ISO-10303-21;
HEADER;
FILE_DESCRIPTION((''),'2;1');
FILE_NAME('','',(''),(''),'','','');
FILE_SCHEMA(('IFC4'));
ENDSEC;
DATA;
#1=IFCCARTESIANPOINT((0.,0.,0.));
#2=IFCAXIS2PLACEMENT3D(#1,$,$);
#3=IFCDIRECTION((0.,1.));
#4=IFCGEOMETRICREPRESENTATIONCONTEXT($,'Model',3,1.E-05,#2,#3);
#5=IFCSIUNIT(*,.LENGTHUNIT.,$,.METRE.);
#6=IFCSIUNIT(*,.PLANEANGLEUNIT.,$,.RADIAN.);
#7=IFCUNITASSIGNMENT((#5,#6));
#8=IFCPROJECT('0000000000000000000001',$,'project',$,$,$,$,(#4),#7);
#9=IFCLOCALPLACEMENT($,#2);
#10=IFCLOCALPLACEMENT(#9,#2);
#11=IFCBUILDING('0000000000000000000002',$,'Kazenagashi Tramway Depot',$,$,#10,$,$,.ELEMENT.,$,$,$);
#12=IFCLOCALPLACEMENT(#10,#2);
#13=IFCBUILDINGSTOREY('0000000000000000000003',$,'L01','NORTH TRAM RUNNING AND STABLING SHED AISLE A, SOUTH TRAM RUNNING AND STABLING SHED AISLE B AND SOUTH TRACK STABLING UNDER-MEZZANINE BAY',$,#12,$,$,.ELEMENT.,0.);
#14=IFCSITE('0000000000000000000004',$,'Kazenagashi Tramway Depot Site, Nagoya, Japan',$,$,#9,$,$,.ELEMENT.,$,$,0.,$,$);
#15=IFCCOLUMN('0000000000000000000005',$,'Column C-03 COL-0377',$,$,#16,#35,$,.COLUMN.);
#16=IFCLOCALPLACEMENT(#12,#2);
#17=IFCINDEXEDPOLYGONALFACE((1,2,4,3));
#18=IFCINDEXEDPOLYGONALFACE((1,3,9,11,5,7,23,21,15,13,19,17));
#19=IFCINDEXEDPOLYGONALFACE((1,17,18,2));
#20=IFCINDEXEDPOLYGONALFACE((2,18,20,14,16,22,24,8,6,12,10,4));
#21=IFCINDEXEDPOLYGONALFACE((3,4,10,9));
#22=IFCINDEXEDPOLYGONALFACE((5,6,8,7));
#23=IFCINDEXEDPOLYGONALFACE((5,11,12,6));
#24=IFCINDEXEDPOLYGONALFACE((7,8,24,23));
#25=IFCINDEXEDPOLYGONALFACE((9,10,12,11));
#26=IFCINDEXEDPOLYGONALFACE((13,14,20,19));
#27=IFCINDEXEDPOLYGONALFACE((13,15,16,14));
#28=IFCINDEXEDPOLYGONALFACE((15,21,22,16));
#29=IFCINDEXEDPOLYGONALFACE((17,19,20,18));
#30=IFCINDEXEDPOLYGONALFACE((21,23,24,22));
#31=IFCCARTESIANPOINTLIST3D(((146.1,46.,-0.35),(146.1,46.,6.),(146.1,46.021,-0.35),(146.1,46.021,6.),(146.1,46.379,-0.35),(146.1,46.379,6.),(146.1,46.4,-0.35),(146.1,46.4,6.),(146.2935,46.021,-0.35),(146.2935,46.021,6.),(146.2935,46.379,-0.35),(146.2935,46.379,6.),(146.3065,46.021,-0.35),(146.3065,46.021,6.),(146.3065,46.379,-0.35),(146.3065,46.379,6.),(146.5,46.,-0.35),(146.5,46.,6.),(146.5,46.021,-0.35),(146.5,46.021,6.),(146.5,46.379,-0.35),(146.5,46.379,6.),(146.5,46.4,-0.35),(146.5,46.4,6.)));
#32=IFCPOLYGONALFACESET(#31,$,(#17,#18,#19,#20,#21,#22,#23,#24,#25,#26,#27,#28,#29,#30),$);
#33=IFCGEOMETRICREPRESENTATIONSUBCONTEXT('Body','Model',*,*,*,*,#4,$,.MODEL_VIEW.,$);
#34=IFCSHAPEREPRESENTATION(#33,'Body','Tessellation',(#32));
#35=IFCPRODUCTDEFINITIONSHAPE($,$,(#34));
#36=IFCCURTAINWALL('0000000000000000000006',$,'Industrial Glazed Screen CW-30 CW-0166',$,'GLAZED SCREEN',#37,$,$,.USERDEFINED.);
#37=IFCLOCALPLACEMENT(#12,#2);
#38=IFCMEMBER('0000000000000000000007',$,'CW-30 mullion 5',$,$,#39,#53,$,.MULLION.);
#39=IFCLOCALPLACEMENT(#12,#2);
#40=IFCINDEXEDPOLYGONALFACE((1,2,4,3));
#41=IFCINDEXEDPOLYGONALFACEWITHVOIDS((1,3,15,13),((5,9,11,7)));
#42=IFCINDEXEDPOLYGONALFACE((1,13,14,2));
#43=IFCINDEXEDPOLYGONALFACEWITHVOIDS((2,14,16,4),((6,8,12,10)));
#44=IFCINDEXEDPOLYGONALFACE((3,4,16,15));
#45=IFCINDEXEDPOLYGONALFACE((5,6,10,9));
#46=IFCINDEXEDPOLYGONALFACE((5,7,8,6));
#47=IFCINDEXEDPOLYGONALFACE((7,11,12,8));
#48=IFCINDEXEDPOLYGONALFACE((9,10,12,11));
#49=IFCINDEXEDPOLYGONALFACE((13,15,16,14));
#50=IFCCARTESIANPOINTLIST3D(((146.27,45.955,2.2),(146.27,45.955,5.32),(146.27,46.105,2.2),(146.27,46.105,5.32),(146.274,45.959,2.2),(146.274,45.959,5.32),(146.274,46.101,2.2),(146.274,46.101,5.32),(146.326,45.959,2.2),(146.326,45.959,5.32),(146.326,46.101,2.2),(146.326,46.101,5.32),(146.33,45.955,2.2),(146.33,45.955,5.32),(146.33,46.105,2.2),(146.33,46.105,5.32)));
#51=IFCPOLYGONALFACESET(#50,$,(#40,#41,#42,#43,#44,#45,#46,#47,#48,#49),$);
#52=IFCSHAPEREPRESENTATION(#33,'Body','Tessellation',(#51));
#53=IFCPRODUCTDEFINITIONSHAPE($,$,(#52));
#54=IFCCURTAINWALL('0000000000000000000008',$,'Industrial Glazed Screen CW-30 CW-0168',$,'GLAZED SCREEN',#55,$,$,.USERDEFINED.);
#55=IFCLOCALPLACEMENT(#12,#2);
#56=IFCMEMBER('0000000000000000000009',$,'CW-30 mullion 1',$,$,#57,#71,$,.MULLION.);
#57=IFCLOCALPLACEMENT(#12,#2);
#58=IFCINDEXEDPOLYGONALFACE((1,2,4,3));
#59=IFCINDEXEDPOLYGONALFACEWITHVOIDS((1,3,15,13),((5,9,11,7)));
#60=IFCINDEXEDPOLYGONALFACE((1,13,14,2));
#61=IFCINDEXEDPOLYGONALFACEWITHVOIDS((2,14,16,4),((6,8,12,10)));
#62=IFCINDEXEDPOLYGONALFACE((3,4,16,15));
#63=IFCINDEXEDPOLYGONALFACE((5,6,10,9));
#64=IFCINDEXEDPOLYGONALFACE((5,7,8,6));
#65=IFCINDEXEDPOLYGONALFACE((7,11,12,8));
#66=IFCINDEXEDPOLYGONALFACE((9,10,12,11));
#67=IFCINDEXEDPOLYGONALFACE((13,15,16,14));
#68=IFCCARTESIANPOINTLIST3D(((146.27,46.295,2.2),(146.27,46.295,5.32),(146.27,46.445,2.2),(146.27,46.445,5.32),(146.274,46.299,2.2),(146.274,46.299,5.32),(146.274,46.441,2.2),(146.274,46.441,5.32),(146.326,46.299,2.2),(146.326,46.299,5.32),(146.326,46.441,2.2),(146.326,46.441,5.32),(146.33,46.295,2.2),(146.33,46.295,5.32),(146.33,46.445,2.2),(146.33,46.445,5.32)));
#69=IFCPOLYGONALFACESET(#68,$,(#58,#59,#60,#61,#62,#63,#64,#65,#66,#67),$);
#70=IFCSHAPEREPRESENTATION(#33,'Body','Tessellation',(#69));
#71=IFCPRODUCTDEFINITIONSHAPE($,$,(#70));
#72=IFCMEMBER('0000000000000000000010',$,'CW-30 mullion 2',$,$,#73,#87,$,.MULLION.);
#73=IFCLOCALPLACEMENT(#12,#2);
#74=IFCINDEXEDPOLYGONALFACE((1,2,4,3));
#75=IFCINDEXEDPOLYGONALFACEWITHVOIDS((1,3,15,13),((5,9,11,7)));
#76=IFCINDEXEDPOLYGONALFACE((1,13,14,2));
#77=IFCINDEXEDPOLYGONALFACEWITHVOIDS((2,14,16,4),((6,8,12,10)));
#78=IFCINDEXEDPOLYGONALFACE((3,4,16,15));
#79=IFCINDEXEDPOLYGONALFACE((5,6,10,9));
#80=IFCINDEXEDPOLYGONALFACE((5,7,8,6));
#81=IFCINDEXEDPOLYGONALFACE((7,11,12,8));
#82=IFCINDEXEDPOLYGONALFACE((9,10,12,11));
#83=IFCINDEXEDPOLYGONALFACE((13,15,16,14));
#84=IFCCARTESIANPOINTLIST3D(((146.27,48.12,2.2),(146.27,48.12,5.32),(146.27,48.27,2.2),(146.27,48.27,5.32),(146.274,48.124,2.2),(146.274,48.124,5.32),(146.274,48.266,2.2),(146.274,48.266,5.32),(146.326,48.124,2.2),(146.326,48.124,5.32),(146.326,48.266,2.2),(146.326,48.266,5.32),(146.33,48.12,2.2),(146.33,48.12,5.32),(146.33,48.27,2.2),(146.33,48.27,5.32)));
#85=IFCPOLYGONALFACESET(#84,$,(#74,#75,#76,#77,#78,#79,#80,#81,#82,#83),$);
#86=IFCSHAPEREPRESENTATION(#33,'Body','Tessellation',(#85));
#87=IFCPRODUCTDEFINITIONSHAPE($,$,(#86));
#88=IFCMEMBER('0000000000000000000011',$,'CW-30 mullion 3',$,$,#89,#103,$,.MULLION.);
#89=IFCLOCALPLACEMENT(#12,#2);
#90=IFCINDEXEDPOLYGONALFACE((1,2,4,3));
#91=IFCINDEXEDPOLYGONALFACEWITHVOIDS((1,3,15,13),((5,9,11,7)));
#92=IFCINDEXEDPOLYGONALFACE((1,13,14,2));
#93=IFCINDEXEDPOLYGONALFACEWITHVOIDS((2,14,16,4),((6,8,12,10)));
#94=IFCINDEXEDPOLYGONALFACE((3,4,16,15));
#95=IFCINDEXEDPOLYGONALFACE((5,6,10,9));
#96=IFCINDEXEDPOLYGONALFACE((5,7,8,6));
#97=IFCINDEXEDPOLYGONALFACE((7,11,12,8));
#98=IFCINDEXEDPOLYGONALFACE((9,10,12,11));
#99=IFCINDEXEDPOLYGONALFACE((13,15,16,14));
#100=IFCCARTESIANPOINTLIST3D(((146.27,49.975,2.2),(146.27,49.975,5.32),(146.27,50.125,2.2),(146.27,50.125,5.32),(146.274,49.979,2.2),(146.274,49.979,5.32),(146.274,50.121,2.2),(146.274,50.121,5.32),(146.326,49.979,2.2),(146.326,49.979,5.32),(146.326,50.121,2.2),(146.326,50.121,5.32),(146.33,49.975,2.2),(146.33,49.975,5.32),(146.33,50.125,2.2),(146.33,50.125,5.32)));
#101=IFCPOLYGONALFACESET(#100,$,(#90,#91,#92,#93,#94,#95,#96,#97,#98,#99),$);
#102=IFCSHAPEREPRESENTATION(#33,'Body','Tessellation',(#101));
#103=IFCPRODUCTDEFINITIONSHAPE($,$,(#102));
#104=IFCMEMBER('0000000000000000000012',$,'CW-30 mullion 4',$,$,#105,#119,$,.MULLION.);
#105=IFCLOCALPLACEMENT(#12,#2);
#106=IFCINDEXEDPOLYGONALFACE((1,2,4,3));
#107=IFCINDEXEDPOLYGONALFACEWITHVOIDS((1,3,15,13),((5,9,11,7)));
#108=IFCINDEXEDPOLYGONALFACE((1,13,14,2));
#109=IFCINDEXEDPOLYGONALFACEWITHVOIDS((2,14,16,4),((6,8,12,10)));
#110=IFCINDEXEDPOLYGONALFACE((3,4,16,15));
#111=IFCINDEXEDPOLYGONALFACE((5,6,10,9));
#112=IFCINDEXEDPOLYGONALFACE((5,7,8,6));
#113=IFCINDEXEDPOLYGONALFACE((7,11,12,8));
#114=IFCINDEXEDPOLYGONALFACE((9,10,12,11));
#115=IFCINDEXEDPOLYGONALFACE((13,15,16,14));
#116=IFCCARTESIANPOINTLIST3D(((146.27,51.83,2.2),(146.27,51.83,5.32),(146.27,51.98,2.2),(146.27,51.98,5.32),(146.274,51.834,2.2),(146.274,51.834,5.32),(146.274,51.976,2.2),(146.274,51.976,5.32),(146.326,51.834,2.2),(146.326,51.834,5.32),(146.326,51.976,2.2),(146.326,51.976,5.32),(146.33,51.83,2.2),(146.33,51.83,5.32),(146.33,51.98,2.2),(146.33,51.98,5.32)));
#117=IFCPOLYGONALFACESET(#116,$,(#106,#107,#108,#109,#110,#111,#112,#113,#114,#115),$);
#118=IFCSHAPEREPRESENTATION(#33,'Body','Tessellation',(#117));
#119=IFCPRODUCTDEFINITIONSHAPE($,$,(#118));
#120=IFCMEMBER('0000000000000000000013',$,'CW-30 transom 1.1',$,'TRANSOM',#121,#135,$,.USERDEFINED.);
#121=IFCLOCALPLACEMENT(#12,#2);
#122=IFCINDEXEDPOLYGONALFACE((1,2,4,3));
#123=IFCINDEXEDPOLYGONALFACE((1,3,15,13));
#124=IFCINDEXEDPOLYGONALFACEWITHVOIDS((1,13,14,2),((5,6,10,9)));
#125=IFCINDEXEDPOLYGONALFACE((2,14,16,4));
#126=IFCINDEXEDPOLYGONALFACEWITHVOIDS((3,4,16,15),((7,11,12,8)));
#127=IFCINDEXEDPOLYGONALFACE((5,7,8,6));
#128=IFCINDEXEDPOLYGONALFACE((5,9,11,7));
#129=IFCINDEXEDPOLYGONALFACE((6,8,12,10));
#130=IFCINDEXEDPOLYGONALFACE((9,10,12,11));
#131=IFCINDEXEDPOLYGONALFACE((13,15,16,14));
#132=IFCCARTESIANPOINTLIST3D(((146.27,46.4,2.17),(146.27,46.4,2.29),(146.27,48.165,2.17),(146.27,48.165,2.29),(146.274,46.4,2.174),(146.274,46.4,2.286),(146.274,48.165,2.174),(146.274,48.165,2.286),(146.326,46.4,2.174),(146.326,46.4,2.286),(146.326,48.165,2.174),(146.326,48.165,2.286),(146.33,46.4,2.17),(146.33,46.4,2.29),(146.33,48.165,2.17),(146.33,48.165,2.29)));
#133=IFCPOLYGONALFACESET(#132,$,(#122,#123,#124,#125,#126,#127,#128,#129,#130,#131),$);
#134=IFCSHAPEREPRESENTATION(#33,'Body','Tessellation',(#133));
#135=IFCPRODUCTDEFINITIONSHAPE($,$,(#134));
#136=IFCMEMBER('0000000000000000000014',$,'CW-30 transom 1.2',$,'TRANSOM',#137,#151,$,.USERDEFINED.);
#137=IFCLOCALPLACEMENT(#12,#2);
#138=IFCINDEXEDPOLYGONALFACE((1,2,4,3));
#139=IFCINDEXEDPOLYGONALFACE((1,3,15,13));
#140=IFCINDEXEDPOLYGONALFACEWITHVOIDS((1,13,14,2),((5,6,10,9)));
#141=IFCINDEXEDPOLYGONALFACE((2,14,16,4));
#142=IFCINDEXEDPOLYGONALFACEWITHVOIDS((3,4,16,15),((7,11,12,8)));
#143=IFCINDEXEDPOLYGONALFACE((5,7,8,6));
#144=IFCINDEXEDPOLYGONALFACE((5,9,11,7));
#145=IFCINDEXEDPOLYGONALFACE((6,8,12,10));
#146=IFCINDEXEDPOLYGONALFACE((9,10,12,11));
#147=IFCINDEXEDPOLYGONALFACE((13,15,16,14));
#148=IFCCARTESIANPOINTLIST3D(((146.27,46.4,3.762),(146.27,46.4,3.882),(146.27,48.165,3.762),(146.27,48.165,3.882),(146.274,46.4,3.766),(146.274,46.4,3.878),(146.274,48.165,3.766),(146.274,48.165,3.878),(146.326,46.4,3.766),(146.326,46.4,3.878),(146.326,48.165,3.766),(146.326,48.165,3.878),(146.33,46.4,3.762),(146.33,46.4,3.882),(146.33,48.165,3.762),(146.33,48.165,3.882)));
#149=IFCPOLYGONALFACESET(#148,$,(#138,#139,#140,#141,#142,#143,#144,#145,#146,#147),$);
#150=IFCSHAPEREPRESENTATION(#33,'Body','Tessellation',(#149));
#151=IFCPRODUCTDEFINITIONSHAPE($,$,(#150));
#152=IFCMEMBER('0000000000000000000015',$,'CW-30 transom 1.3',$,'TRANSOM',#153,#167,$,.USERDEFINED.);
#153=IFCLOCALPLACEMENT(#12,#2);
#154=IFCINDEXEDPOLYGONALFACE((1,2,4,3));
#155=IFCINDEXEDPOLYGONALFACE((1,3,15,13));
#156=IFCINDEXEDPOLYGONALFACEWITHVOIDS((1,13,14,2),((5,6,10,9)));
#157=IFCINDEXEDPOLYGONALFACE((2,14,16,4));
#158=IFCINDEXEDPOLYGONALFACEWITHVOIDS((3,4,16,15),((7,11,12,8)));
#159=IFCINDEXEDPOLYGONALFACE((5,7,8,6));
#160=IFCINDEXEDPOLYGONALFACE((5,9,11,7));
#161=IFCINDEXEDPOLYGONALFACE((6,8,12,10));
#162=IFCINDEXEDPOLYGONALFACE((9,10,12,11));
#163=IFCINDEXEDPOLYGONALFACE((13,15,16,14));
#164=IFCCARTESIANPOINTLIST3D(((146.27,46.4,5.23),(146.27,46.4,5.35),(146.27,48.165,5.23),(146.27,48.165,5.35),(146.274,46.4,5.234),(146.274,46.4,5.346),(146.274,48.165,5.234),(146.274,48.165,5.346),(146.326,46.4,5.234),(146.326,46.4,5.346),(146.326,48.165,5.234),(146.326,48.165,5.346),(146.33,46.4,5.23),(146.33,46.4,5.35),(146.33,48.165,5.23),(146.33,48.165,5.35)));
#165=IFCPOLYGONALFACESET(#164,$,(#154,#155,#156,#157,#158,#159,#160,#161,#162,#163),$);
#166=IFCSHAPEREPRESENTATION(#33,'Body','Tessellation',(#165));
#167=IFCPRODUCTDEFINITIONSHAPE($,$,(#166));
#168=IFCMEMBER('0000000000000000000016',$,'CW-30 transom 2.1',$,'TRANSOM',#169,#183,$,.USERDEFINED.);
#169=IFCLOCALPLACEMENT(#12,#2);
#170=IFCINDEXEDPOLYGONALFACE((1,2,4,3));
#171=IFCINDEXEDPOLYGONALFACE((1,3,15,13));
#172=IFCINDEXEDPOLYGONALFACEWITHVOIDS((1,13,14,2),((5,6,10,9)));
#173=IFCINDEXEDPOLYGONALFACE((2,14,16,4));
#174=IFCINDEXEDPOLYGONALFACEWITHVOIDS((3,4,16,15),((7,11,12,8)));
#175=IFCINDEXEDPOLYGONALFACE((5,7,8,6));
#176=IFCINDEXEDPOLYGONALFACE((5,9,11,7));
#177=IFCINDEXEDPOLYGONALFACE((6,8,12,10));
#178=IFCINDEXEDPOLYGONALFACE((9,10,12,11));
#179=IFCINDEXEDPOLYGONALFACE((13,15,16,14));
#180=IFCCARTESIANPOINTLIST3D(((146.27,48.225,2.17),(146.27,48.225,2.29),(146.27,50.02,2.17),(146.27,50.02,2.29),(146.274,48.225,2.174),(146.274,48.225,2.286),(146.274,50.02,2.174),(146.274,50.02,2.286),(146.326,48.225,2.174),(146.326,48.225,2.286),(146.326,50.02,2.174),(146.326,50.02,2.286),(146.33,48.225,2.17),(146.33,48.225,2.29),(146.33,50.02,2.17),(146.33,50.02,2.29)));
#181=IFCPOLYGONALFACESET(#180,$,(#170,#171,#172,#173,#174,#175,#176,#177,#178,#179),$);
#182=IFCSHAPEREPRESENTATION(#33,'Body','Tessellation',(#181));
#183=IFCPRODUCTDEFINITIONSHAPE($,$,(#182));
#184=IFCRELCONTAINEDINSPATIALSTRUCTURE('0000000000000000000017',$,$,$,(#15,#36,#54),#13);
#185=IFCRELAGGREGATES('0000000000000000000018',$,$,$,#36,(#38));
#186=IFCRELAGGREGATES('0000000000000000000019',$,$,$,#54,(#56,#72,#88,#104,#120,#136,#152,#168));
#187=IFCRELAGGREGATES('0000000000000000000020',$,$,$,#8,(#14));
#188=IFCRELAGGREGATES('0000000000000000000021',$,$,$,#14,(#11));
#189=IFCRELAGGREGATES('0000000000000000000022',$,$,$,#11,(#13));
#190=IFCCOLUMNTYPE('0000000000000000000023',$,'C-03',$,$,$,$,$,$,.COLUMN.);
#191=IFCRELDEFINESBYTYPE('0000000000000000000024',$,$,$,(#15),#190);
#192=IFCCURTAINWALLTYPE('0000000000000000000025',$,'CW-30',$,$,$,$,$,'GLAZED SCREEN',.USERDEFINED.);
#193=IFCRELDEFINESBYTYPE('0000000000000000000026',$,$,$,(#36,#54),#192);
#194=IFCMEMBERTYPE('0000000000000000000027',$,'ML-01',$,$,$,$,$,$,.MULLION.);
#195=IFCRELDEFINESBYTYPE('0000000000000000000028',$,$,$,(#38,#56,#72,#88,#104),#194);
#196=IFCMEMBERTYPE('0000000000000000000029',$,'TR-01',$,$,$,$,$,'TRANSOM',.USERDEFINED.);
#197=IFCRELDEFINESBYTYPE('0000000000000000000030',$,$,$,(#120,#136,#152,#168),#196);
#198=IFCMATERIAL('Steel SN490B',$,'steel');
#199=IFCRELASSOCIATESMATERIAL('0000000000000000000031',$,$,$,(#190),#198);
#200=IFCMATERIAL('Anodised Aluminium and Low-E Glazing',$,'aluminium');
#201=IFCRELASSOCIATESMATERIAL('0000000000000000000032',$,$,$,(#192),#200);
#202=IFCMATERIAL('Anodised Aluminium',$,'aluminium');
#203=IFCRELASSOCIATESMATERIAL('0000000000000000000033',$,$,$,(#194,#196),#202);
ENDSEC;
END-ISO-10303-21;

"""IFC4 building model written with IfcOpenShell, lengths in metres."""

from ifc_helpers import new_model, si_unit, direction, frame, origin, origin_2d, place, context, subcontext, project, spatial, hollow_rectangle, i_section, extrude, material, material_profile, profile_set, type_object, element, aggregate, save


model = new_model("IFC4")

# Units and contexts
model_context = context("Model", 3, precision=1e-05, world=origin(), true_north=direction((0.0, 1.0)))
body_context = subcontext(model_context, "Body", "Model", "MODEL_VIEW")
ifc_project = project(units=[si_unit("LENGTHUNIT", "METRE"), si_unit("PLANEANGLEUNIT", "RADIAN")], contexts=[model_context])

# Site, building, storey
site_placement = place(None, origin())
site = spatial("IfcSite", under=ifc_project, at=site_placement, Name="Kazenagashi Tramway Depot Site, Nagoya, Japan", CompositionType="ELEMENT", RefElevation=0.0)
building_placement = place(site_placement, origin())
building = spatial("IfcBuilding", under=site, at=building_placement, Name="Kazenagashi Tramway Depot", CompositionType="ELEMENT")
storey_placement = place(building_placement, origin())
storey = spatial("IfcBuildingStorey", under=building, at=storey_placement, Name="L01", Description="NORTH TRAM RUNNING AND STABLING SHED AISLE A, SOUTH TRAM RUNNING AND STABLING SHED AISLE B AND SOUTH TRACK STABLING UNDER-MEZZANINE BAY", CompositionType="ELEMENT", Elevation=0.0)

# Column
ifc_material_1 = material(Name="Steel SN490B", Category="steel")
ifc_material_profile_1 = material_profile(ifc_material_1, i_section(OverallWidth=0.4, OverallDepth=0.4, WebThickness=0.013, FlangeThickness=0.021, at=origin_2d()), Name="H-400x400x13x21")
ifc_profile_set_1 = profile_set([ifc_material_profile_1], Name="Steel SN490B")
column_type = type_object("IfcColumnType", Name="C-03", PredefinedType="COLUMN", material=ifc_profile_set_1)
column_placement = place(storey_placement, frame((146.3, 46.2, -0.35), z_axis=(0.0, 0.0, 1.0), x_axis=(1.0, 0.0, 0.0)))
element("IfcColumn", 1, at=column_placement, inside=storey, type_object=column_type, Name="Column C-03 COL-0377", PredefinedType="COLUMN", context=body_context, shape_type="SweptSolid", body=[
    extrude(i_section(OverallWidth=0.4, OverallDepth=0.4, WebThickness=0.013, FlangeThickness=0.021, at=origin_2d()), origin(), (0.0, 0.0, 1.0), 6.35),
])

# Curtain wall, member
ifc_material_2 = material(Name="Anodised Aluminium and Low-E Glazing", Category="aluminium")
curtain_wall_type = type_object("IfcCurtainWallType", Name="CW-30", ElementType="GLAZED SCREEN", PredefinedType="USERDEFINED", material=ifc_material_2)
curtain_wall_1_placement = place(storey_placement, origin())
curtain_wall_1 = element("IfcCurtainWall", 2, at=curtain_wall_1_placement, inside=storey, type_object=curtain_wall_type, Name="Industrial Glazed Screen CW-30 CW-0166", ObjectType="GLAZED SCREEN", PredefinedType="USERDEFINED")
ifc_material_3 = material(Name="Anodised Aluminium", Category="aluminium")
ifc_material_profile_2 = material_profile(ifc_material_3, hollow_rectangle(XDim=0.06, YDim=0.15, WallThickness=0.004, at=origin_2d()), Name="RHS-150x60x4")
ifc_profile_set_2 = profile_set([ifc_material_profile_2], Name="Anodised Aluminium")
member_type_1 = type_object("IfcMemberType", Name="ML-01", PredefinedType="MULLION", material=ifc_profile_set_2)
member_1_placement = place(storey_placement, frame((146.3, 46.03, 2.2), z_axis=(0.0, 0.0, 1.0), x_axis=(-1.0, 0.0, 0.0)))
member_1 = element("IfcMember", 3, at=member_1_placement, type_object=member_type_1, Name="CW-30 mullion 5", PredefinedType="MULLION", context=body_context, shape_type="SweptSolid", body=[
    extrude(hollow_rectangle(XDim=0.06, YDim=0.15, WallThickness=0.004, at=origin_2d()), origin(), (0.0, 0.0, 1.0), 3.12),
])
aggregate(curtain_wall_1, [member_1])

# Curtain wall, members
curtain_wall_2_placement = place(storey_placement, origin())
curtain_wall_2 = element("IfcCurtainWall", 4, at=curtain_wall_2_placement, inside=storey, type_object=curtain_wall_type, Name="Industrial Glazed Screen CW-30 CW-0168", ObjectType="GLAZED SCREEN", PredefinedType="USERDEFINED")
member_2_placement = place(storey_placement, frame((146.3, 46.37, 2.2), z_axis=(0.0, 0.0, 1.0), x_axis=(-1.0, 0.0, 0.0)))
member_2 = element("IfcMember", 5, at=member_2_placement, type_object=member_type_1, Name="CW-30 mullion 1", PredefinedType="MULLION", context=body_context, shape_type="SweptSolid", body=[
    extrude(hollow_rectangle(XDim=0.06, YDim=0.15, WallThickness=0.004, at=origin_2d()), origin(), (0.0, 0.0, 1.0), 3.12),
])
member_3_placement = place(storey_placement, frame((146.3, 48.195, 2.2), z_axis=(0.0, 0.0, 1.0), x_axis=(-1.0, 0.0, 0.0)))
member_3 = element("IfcMember", 6, at=member_3_placement, type_object=member_type_1, Name="CW-30 mullion 2", PredefinedType="MULLION", context=body_context, shape_type="SweptSolid", body=[
    extrude(hollow_rectangle(XDim=0.06, YDim=0.15, WallThickness=0.004, at=origin_2d()), origin(), (0.0, 0.0, 1.0), 3.12),
])
member_4_placement = place(storey_placement, frame((146.3, 50.05, 2.2), z_axis=(0.0, 0.0, 1.0), x_axis=(-1.0, 0.0, 0.0)))
member_4 = element("IfcMember", 7, at=member_4_placement, type_object=member_type_1, Name="CW-30 mullion 3", PredefinedType="MULLION", context=body_context, shape_type="SweptSolid", body=[
    extrude(hollow_rectangle(XDim=0.06, YDim=0.15, WallThickness=0.004, at=origin_2d()), origin(), (0.0, 0.0, 1.0), 3.12),
])
member_5_placement = place(storey_placement, frame((146.3, 51.905, 2.2), z_axis=(0.0, 0.0, 1.0), x_axis=(-1.0, 0.0, 0.0)))
member_5 = element("IfcMember", 8, at=member_5_placement, type_object=member_type_1, Name="CW-30 mullion 4", PredefinedType="MULLION", context=body_context, shape_type="SweptSolid", body=[
    extrude(hollow_rectangle(XDim=0.06, YDim=0.15, WallThickness=0.004, at=origin_2d()), origin(), (0.0, 0.0, 1.0), 3.12),
])
ifc_material_profile_3 = material_profile(ifc_material_3, hollow_rectangle(XDim=0.06, YDim=0.12, WallThickness=0.004, at=origin_2d()), Name="RHS-120x60x4")
ifc_profile_set_3 = profile_set([ifc_material_profile_3], Name="Anodised Aluminium")
member_type_2 = type_object("IfcMemberType", Name="TR-01", ElementType="TRANSOM", PredefinedType="USERDEFINED", material=ifc_profile_set_3)
member_6_placement = place(storey_placement, frame((146.3, 46.4, 2.23), z_axis=(0.0, 1.0, 0.0), x_axis=(-1.0, 0.0, 0.0)))
member_6 = element("IfcMember", 9, at=member_6_placement, type_object=member_type_2, Name="CW-30 transom 1.1", ObjectType="TRANSOM", PredefinedType="USERDEFINED", context=body_context, shape_type="SweptSolid", body=[
    extrude(hollow_rectangle(XDim=0.06, YDim=0.12, WallThickness=0.004, at=origin_2d()), origin(), (0.0, 0.0, 1.0), 1.765),
])
member_7_placement = place(storey_placement, frame((146.3, 46.4, 3.822), z_axis=(0.0, 1.0, 0.0), x_axis=(-1.0, 0.0, 0.0)))
member_7 = element("IfcMember", 10, at=member_7_placement, type_object=member_type_2, Name="CW-30 transom 1.2", ObjectType="TRANSOM", PredefinedType="USERDEFINED", context=body_context, shape_type="SweptSolid", body=[
    extrude(hollow_rectangle(XDim=0.06, YDim=0.12, WallThickness=0.004, at=origin_2d()), origin(), (0.0, 0.0, 1.0), 1.765),
])
member_8_placement = place(storey_placement, frame((146.3, 46.4, 5.29), z_axis=(0.0, 1.0, 0.0), x_axis=(-1.0, 0.0, 0.0)))
member_8 = element("IfcMember", 11, at=member_8_placement, type_object=member_type_2, Name="CW-30 transom 1.3", ObjectType="TRANSOM", PredefinedType="USERDEFINED", context=body_context, shape_type="SweptSolid", body=[
    extrude(hollow_rectangle(XDim=0.06, YDim=0.12, WallThickness=0.004, at=origin_2d()), origin(), (0.0, 0.0, 1.0), 1.765),
])
member_9_placement = place(storey_placement, frame((146.3, 48.225, 2.23), z_axis=(0.0, 1.0, 0.0), x_axis=(-1.0, 0.0, 0.0)))
member_9 = element("IfcMember", 12, at=member_9_placement, type_object=member_type_2, Name="CW-30 transom 2.1", ObjectType="TRANSOM", PredefinedType="USERDEFINED", context=body_context, shape_type="SweptSolid", body=[
    extrude(hollow_rectangle(XDim=0.06, YDim=0.12, WallThickness=0.004, at=origin_2d()), origin(), (0.0, 0.0, 1.0), 1.795),
])
aggregate(curtain_wall_2, [member_2, member_3, member_4, member_5, member_6, member_7, member_8, member_9])

save(model, "model.ifc")
